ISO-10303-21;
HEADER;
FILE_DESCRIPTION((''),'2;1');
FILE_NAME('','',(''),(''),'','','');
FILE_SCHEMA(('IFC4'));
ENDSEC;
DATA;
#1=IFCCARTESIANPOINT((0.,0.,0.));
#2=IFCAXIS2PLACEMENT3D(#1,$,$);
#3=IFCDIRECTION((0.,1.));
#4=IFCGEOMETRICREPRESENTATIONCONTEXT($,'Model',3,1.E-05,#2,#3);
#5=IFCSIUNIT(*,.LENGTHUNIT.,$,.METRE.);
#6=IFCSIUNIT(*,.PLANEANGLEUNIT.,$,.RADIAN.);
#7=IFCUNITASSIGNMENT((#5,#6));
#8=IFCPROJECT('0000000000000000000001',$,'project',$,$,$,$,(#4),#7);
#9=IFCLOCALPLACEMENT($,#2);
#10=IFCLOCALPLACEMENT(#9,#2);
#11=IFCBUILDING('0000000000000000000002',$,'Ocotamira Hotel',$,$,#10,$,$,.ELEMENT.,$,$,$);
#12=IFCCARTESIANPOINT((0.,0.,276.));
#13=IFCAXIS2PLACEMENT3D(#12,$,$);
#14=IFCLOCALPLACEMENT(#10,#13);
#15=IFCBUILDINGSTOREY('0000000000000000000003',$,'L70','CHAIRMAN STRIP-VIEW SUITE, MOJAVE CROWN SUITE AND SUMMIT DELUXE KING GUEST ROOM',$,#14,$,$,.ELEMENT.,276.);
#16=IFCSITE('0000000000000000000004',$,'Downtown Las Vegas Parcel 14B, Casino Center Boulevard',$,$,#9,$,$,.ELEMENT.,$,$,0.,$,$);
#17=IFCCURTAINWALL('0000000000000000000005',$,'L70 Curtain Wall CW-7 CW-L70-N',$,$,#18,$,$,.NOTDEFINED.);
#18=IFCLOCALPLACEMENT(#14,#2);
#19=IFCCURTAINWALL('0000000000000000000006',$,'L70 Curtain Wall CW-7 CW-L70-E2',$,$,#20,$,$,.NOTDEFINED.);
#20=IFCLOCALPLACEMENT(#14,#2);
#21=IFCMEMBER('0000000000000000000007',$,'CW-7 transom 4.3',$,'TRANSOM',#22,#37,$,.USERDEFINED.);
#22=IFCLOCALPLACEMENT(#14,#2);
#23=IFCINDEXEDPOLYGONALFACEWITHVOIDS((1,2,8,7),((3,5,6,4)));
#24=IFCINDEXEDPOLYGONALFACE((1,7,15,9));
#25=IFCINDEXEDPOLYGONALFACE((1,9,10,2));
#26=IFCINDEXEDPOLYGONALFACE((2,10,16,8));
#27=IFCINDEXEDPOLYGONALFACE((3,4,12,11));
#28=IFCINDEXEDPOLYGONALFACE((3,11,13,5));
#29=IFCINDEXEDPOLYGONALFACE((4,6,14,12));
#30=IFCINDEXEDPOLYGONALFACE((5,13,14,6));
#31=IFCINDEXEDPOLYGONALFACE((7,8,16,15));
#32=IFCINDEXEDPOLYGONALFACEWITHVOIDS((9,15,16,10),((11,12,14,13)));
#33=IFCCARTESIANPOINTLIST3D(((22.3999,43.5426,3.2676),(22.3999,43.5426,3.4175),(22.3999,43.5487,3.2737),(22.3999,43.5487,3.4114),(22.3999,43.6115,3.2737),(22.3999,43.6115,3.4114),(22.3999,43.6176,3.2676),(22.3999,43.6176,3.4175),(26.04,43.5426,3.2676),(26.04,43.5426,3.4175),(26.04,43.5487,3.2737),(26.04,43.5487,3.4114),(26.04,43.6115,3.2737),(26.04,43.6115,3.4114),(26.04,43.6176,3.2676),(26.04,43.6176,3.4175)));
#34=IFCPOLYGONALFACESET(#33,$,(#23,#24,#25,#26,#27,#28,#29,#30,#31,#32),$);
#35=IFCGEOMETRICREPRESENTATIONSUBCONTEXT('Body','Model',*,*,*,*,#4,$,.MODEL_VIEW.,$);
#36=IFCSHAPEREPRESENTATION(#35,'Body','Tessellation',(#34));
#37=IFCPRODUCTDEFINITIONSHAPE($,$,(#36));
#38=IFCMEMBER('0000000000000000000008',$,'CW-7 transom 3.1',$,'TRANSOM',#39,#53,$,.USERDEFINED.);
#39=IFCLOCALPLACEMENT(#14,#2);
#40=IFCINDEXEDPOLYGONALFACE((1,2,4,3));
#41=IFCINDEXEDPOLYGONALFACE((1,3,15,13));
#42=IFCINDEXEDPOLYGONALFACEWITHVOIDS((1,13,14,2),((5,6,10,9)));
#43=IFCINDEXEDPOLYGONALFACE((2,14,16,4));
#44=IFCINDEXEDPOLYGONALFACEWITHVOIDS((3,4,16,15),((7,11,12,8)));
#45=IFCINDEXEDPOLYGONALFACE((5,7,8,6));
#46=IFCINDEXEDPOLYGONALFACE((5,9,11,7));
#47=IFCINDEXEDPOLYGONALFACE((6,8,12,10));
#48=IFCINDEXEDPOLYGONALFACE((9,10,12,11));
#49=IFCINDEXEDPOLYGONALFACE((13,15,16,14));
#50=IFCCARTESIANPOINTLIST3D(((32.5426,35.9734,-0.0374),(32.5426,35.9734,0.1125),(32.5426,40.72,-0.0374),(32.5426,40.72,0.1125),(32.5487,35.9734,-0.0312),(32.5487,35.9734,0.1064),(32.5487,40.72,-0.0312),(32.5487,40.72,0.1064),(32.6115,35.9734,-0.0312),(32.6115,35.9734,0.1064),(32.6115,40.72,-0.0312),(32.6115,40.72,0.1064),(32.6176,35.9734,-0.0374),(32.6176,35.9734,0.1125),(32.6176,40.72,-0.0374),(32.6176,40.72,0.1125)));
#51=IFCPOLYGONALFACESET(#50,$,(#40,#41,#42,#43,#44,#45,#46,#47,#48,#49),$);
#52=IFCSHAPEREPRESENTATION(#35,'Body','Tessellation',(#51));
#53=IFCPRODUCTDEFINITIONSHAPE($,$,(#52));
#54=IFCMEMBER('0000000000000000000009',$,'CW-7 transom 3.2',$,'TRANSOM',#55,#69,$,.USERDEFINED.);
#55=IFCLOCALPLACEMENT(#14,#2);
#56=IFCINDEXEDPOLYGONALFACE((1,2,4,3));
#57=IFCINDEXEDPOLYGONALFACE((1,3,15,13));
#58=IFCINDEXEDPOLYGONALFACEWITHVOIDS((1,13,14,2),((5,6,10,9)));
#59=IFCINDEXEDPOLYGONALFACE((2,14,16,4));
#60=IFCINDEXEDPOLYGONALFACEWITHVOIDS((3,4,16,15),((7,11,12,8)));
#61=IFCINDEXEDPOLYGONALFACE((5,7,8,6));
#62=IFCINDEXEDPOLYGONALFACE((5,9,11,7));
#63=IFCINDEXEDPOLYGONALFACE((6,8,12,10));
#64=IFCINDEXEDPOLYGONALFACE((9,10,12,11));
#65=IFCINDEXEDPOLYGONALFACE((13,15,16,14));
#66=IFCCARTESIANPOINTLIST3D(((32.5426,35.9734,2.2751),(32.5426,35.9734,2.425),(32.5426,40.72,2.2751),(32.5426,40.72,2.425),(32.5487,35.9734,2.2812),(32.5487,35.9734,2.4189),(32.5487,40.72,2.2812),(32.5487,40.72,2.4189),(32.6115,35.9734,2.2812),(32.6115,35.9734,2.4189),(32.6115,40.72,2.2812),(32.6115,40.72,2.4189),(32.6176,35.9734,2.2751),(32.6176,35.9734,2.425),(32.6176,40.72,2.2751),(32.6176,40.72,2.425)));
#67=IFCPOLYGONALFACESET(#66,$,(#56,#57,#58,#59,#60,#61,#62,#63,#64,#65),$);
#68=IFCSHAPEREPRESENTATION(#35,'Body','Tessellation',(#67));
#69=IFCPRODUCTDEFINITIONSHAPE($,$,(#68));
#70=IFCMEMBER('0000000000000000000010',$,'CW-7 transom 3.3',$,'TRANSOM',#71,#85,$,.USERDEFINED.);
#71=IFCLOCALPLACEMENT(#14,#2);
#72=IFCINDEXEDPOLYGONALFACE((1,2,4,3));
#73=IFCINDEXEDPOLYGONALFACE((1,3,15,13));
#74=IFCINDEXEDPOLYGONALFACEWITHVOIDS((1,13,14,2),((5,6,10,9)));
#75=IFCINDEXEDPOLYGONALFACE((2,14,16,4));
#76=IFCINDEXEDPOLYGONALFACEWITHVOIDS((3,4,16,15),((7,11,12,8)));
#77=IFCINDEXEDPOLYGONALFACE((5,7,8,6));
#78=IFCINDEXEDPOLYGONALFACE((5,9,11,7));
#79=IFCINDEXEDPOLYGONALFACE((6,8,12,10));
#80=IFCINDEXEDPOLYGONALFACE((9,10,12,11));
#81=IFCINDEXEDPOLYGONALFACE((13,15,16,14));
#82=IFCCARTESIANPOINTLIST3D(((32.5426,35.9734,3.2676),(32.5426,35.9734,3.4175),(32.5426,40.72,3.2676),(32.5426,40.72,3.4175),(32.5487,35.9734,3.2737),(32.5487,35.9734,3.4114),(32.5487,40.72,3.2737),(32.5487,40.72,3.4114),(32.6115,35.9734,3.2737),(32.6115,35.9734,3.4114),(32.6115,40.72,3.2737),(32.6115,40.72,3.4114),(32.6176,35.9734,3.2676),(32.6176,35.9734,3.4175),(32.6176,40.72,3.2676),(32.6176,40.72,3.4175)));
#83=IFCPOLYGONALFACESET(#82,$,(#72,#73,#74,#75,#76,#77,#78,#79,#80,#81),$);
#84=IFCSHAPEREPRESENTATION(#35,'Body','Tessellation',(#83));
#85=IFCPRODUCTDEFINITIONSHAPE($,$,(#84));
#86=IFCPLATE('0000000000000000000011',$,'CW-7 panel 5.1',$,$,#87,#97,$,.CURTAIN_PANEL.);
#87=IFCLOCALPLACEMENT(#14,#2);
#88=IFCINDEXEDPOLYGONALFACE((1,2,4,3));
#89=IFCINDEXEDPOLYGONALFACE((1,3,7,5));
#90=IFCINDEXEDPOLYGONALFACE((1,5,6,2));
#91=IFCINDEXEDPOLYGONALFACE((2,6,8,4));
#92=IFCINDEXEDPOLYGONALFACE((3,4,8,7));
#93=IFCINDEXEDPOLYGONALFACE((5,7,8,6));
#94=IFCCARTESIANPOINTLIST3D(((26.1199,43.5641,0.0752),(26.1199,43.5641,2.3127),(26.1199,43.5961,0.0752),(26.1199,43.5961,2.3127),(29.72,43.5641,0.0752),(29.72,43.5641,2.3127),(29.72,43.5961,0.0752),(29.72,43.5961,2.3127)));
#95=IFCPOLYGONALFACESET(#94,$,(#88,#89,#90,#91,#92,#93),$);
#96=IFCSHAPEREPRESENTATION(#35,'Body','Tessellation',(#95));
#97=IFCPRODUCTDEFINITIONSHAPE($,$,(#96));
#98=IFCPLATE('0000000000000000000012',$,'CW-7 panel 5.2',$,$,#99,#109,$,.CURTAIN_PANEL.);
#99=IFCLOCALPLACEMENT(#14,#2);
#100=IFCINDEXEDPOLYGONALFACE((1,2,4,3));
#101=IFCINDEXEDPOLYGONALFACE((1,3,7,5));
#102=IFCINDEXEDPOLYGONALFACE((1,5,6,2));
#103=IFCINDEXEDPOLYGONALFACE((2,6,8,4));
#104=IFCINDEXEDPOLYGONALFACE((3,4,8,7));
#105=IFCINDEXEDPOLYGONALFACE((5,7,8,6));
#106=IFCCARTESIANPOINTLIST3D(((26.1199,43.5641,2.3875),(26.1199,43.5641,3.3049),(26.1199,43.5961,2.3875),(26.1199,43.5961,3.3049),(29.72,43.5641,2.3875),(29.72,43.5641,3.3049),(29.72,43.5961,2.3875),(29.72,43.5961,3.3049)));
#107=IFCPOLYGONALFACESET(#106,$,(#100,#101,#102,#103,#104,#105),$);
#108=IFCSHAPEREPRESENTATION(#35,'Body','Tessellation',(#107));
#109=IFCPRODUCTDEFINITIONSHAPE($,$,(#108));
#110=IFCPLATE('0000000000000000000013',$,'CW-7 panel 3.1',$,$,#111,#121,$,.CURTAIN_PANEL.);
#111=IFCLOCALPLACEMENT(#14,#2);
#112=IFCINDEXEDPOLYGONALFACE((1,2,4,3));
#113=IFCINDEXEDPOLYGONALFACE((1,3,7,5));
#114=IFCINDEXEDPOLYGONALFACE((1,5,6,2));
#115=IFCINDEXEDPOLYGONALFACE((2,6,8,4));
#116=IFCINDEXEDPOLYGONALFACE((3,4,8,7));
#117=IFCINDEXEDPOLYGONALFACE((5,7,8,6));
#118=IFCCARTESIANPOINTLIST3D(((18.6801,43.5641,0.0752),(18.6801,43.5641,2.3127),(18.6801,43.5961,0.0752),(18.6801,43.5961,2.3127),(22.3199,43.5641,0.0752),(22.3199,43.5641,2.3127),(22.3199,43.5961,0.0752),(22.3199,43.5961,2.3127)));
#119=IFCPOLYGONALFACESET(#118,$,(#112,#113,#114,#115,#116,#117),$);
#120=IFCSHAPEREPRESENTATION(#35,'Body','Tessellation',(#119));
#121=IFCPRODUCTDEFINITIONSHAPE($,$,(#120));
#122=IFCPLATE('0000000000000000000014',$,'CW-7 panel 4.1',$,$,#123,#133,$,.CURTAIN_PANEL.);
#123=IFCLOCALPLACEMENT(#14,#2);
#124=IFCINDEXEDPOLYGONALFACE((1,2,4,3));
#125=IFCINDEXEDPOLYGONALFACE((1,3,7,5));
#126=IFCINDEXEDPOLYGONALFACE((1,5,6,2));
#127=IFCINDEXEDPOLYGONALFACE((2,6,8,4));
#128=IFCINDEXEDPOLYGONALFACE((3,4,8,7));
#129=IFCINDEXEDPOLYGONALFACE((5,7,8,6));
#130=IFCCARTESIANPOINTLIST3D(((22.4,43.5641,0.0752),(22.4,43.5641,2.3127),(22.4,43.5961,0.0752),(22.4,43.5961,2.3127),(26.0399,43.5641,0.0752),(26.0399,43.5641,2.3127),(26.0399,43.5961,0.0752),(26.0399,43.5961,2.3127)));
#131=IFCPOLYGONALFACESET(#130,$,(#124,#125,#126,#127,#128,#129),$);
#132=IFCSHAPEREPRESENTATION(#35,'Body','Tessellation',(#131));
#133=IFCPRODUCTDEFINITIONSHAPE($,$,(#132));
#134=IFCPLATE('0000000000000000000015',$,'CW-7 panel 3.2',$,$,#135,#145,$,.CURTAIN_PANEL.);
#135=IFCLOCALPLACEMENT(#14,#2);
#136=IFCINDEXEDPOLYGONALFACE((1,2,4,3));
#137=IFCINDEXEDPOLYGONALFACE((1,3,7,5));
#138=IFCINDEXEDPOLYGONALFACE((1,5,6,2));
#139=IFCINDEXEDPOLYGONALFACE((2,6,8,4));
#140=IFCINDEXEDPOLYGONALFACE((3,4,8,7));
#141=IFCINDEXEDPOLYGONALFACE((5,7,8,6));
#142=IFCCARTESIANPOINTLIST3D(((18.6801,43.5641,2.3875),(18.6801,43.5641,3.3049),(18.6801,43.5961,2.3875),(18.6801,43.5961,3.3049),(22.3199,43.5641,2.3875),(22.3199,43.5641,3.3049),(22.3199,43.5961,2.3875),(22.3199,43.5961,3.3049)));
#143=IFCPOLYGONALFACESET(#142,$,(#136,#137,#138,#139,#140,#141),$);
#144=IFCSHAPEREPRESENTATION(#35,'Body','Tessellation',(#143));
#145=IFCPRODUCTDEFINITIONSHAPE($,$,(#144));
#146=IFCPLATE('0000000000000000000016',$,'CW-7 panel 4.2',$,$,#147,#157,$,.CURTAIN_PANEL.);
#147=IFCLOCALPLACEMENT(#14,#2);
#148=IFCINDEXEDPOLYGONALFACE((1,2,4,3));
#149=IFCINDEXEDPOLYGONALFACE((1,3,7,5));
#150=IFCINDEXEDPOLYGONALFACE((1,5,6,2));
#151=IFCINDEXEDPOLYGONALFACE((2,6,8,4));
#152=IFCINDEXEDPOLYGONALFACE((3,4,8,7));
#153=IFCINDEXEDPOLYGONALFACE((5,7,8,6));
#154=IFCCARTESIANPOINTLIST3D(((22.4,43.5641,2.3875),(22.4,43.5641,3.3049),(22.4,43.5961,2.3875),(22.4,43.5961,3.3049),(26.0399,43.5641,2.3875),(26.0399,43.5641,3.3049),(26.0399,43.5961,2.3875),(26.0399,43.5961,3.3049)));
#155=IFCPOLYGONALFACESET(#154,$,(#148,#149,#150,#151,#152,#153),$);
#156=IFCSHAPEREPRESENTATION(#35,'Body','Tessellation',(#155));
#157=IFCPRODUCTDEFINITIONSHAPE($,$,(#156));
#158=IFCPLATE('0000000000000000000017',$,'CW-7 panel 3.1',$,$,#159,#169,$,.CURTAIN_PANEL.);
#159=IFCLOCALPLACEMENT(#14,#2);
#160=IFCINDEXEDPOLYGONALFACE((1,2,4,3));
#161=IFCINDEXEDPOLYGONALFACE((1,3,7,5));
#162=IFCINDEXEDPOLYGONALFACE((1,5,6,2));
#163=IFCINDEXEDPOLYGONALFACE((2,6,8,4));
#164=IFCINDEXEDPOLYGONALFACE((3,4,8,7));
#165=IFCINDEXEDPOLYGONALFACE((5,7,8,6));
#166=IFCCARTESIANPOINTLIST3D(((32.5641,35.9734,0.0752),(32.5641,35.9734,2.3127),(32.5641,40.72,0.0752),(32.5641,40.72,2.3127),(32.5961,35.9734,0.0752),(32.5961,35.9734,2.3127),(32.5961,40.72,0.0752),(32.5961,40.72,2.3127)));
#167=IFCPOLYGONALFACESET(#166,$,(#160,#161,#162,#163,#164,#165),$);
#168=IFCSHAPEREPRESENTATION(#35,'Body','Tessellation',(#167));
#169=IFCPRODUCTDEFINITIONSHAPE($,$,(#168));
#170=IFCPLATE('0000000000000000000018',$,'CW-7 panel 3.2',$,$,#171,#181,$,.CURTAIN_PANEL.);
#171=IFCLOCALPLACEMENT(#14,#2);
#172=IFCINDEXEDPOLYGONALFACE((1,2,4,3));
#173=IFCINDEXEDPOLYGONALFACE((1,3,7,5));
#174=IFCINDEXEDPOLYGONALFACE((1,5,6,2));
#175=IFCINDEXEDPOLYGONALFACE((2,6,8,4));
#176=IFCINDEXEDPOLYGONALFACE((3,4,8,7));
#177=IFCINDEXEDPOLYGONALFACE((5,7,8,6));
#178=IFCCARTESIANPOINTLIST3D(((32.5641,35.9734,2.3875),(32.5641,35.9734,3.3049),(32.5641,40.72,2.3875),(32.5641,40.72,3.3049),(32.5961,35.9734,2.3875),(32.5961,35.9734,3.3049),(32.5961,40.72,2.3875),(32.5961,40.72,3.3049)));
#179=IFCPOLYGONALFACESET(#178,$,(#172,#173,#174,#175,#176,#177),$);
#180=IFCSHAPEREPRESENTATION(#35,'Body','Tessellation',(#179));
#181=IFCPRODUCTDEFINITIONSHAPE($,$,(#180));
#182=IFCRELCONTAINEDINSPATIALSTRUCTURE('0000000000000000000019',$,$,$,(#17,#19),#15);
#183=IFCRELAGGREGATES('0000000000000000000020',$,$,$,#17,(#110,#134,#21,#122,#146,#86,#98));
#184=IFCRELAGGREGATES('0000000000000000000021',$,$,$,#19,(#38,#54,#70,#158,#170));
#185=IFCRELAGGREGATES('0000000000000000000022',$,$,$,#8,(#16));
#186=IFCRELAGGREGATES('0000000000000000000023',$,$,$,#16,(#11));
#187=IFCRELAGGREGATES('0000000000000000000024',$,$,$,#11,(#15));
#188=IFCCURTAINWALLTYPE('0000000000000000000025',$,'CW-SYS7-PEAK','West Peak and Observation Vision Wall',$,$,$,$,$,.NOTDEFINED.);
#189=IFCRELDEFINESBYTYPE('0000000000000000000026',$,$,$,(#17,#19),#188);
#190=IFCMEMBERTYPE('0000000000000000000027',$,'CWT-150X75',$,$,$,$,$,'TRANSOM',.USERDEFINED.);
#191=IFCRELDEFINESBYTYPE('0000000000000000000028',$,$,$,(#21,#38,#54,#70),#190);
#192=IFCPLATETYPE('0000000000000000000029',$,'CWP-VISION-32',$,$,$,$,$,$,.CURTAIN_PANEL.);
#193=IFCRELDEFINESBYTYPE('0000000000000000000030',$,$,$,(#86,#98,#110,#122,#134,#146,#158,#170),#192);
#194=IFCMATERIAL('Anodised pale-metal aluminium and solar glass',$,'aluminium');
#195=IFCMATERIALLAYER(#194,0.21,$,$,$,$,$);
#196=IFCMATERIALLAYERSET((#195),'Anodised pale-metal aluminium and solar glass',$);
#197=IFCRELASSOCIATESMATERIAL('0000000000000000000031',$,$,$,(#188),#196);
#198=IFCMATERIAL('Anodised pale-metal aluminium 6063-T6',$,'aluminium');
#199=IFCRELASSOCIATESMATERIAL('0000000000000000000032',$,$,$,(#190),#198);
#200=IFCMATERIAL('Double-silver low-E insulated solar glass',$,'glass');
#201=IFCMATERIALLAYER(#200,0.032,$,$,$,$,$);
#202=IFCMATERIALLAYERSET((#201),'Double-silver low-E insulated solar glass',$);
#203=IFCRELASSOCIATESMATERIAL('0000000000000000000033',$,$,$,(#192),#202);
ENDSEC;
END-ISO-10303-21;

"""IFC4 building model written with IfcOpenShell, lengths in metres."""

from ifc_helpers import new_model, si_unit, direction, frame, origin, origin_2d, place, context, subcontext, project, spatial, rectangle, hollow_rectangle, extrude, source, transform, mapped, material, layer, layer_set, material_profile, profile_set, type_object, element, aggregate, save


model = new_model("IFC4")

# Units and contexts
model_context = context("Model", 3, precision=1e-05, world=origin(), true_north=direction((0.0, 1.0)))
body_context = subcontext(model_context, "Body", "Model", "MODEL_VIEW")
ifc_project = project(units=[si_unit("LENGTHUNIT", "METRE"), si_unit("PLANEANGLEUNIT", "RADIAN")], contexts=[model_context])

# Site, building, storey
site_placement = place(None, origin())
site = spatial("IfcSite", under=ifc_project, at=site_placement, Name="Downtown Las Vegas Parcel 14B, Casino Center Boulevard", CompositionType="ELEMENT", RefElevation=0.0)
building_placement = place(site_placement, origin())
building = spatial("IfcBuilding", under=site, at=building_placement, Name="Ocotamira Hotel", CompositionType="ELEMENT")
storey_placement = place(building_placement, frame((0.0, 0.0, 276.0)))
storey = spatial("IfcBuildingStorey", under=building, at=storey_placement, Name="L70", Description="CHAIRMAN STRIP-VIEW SUITE, MOJAVE CROWN SUITE AND SUMMIT DELUXE KING GUEST ROOM", CompositionType="ELEMENT", Elevation=276.0)

# Curtain wall
ifc_material_1 = material(Name="Anodised pale-metal aluminium and solar glass", Category="aluminium")
ifc_layer_1 = layer(ifc_material_1, 0.21)
ifc_layer_set_1 = layer_set([ifc_layer_1], Name="Anodised pale-metal aluminium and solar glass")
curtain_wall_type = type_object("IfcCurtainWallType", Name="CW-SYS7-PEAK", Description="West Peak and Observation Vision Wall", PredefinedType="NOTDEFINED", material=ifc_layer_set_1)
curtain_wall_1_placement = place(storey_placement, origin())
curtain_wall_1 = element("IfcCurtainWall", 1, at=curtain_wall_1_placement, inside=storey, type_object=curtain_wall_type, Name="L70 Curtain Wall CW-7 CW-L70-N", PredefinedType="NOTDEFINED")
ifc_material_2 = material(Name="Anodised pale-metal aluminium 6063-T6", Category="aluminium")

# Curtain wall
curtain_wall_2_placement = place(storey_placement, origin())
curtain_wall_2 = element("IfcCurtainWall", 2, at=curtain_wall_2_placement, inside=storey, type_object=curtain_wall_type, Name="L70 Curtain Wall CW-7 CW-L70-E2", PredefinedType="NOTDEFINED")

# Members
ifc_material_profile_1 = material_profile(ifc_material_2, hollow_rectangle(XDim=0.075, YDim=0.1499, WallThickness=0.0061, at=origin_2d()), Name="HSS150X75X6")
ifc_profile_set_1 = profile_set([ifc_material_profile_1], Name="Anodised pale-metal aluminium 6063-T6")
member_type_1 = type_object("IfcMemberType", Name="CWT-150X75", ElementType="TRANSOM", PredefinedType="USERDEFINED", material=ifc_profile_set_1)
shared_shape_1 = source(origin(), body_context, "Body", "SweptSolid", [
    extrude(hollow_rectangle(XDim=0.075, YDim=0.1499, WallThickness=0.0061, at=origin_2d()), origin(), (0.0, 0.0, 1.0), 3.6401),
])
member_1_placement = place(storey_placement, frame((22.3999, 43.5801, 3.3425), z_axis=(1.0, 0.0, 0.0), x_axis=(0.0, 1.0, 0.0)))
member_1 = element("IfcMember", 3, at=member_1_placement, type_object=member_type_1, Name="CW-7 transom 4.3", ObjectType="TRANSOM", PredefinedType="USERDEFINED", context=body_context, shape_type="MappedRepresentation", body=[
    mapped(shared_shape_1, transform((0.0, 0.0, 0.0), scale=1.0)),
])
shared_shape_2 = source(origin(), body_context, "Body", "SweptSolid", [
    extrude(hollow_rectangle(XDim=0.075, YDim=0.1499, WallThickness=0.0061, at=origin_2d()), origin(), (0.0, 0.0, 1.0), 4.7466),
])
member_2_placement = place(storey_placement, frame((32.5801, 35.9734, 0.0376), z_axis=(0.0, 1.0, 0.0), x_axis=(-1.0, 0.0, 0.0)))
member_2 = element("IfcMember", 4, at=member_2_placement, type_object=member_type_1, Name="CW-7 transom 3.1", ObjectType="TRANSOM", PredefinedType="USERDEFINED", context=body_context, shape_type="MappedRepresentation", body=[
    mapped(shared_shape_2, transform((0.0, 0.0, 0.0), scale=1.0)),
])
member_3_placement = place(storey_placement, frame((32.5801, 35.9734, 2.3501), z_axis=(0.0, 1.0, 0.0), x_axis=(-1.0, 0.0, 0.0)))
member_3 = element("IfcMember", 5, at=member_3_placement, type_object=member_type_1, Name="CW-7 transom 3.2", ObjectType="TRANSOM", PredefinedType="USERDEFINED", context=body_context, shape_type="MappedRepresentation", body=[
    mapped(shared_shape_2, transform((0.0, 0.0, 0.0), scale=1.0)),
])
member_4_placement = place(storey_placement, frame((32.5801, 35.9734, 3.3425), z_axis=(0.0, 1.0, 0.0), x_axis=(-1.0, 0.0, 0.0)))
member_4 = element("IfcMember", 6, at=member_4_placement, type_object=member_type_1, Name="CW-7 transom 3.3", ObjectType="TRANSOM", PredefinedType="USERDEFINED", context=body_context, shape_type="MappedRepresentation", body=[
    mapped(shared_shape_2, transform((0.0, 0.0, 0.0), scale=1.0)),
])

# Plates
ifc_material_3 = material(Name="Double-silver low-E insulated solar glass", Category="glass")
ifc_layer_2 = layer(ifc_material_3, 0.032)
ifc_layer_set_2 = layer_set([ifc_layer_2], Name="Double-silver low-E insulated solar glass")
plate_type = type_object("IfcPlateType", Name="CWP-VISION-32", PredefinedType="CURTAIN_PANEL", material=ifc_layer_set_2)
shared_shape_3 = source(origin(), body_context, "Body", "SweptSolid", [
    extrude(rectangle(XDim=3.6001, YDim=0.032, at=origin_2d()), origin(), (0.0, 0.0, 1.0), 2.2375),
])
plate_1_placement = place(storey_placement, frame((27.9199, 43.5801, 0.0752), z_axis=(0.0, 0.0, 1.0), x_axis=(1.0, 0.0, 0.0)))
plate_1 = element("IfcPlate", 7, at=plate_1_placement, type_object=plate_type, Name="CW-7 panel 5.1", PredefinedType="CURTAIN_PANEL", context=body_context, shape_type="MappedRepresentation", body=[
    mapped(shared_shape_3, transform((0.0, 0.0, 0.0), scale=1.0)),
])
shared_shape_4 = source(origin(), body_context, "Body", "SweptSolid", [
    extrude(rectangle(XDim=3.6001, YDim=0.032, at=origin_2d()), origin(), (0.0, 0.0, 1.0), 0.9175),
])
plate_2_placement = place(storey_placement, frame((27.9199, 43.5801, 2.3875), z_axis=(0.0, 0.0, 1.0), x_axis=(1.0, 0.0, 0.0)))
plate_2 = element("IfcPlate", 8, at=plate_2_placement, type_object=plate_type, Name="CW-7 panel 5.2", PredefinedType="CURTAIN_PANEL", context=body_context, shape_type="MappedRepresentation", body=[
    mapped(shared_shape_4, transform((0.0, 0.0, 0.0), scale=1.0)),
])
shared_shape_5 = source(origin(), body_context, "Body", "SweptSolid", [
    extrude(rectangle(XDim=3.6399, YDim=0.032, at=origin_2d()), origin(), (0.0, 0.0, 1.0), 2.2375),
])
plate_3_placement = place(storey_placement, frame((20.5, 43.5801, 0.0752), z_axis=(0.0, 0.0, 1.0), x_axis=(1.0, 0.0, 0.0)))
plate_3 = element("IfcPlate", 9, at=plate_3_placement, type_object=plate_type, Name="CW-7 panel 3.1", PredefinedType="CURTAIN_PANEL", context=body_context, shape_type="MappedRepresentation", body=[
    mapped(shared_shape_5, transform((0.0, 0.0, 0.0), scale=1.0)),
])
plate_4_placement = place(storey_placement, frame((24.22, 43.5801, 0.0752), z_axis=(0.0, 0.0, 1.0), x_axis=(1.0, 0.0, 0.0)))
plate_4 = element("IfcPlate", 10, at=plate_4_placement, type_object=plate_type, Name="CW-7 panel 4.1", PredefinedType="CURTAIN_PANEL", context=body_context, shape_type="MappedRepresentation", body=[
    mapped(shared_shape_5, transform((0.0, 0.0, 0.0), scale=1.0)),
])
shared_shape_6 = source(origin(), body_context, "Body", "SweptSolid", [
    extrude(rectangle(XDim=3.6399, YDim=0.032, at=origin_2d()), origin(), (0.0, 0.0, 1.0), 0.9175),
])
plate_5_placement = place(storey_placement, frame((20.5, 43.5801, 2.3875), z_axis=(0.0, 0.0, 1.0), x_axis=(1.0, 0.0, 0.0)))
plate_5 = element("IfcPlate", 11, at=plate_5_placement, type_object=plate_type, Name="CW-7 panel 3.2", PredefinedType="CURTAIN_PANEL", context=body_context, shape_type="MappedRepresentation", body=[
    mapped(shared_shape_6, transform((0.0, 0.0, 0.0), scale=1.0)),
])
plate_6_placement = place(storey_placement, frame((24.22, 43.5801, 2.3875), z_axis=(0.0, 0.0, 1.0), x_axis=(1.0, 0.0, 0.0)))
plate_6 = element("IfcPlate", 12, at=plate_6_placement, type_object=plate_type, Name="CW-7 panel 4.2", PredefinedType="CURTAIN_PANEL", context=body_context, shape_type="MappedRepresentation", body=[
    mapped(shared_shape_6, transform((0.0, 0.0, 0.0), scale=1.0)),
])
aggregate(curtain_wall_1, [plate_3, plate_5, member_1, plate_4, plate_6, plate_1, plate_2])
shared_shape_7 = source(origin(), body_context, "Body", "SweptSolid", [
    extrude(rectangle(XDim=4.7466, YDim=0.032, at=origin_2d()), origin(), (0.0, 0.0, 1.0), 2.2375),
])
plate_7_placement = place(storey_placement, frame((32.5801, 38.3467, 0.0752), z_axis=(0.0, 0.0, 1.0), x_axis=(0.0, 1.0, 0.0)))
plate_7 = element("IfcPlate", 13, at=plate_7_placement, type_object=plate_type, Name="CW-7 panel 3.1", PredefinedType="CURTAIN_PANEL", context=body_context, shape_type="MappedRepresentation", body=[
    mapped(shared_shape_7, transform((0.0, 0.0, 0.0), scale=1.0)),
])
shared_shape_8 = source(origin(), body_context, "Body", "SweptSolid", [
    extrude(rectangle(XDim=4.7466, YDim=0.032, at=origin_2d()), origin(), (0.0, 0.0, 1.0), 0.9175),
])
plate_8_placement = place(storey_placement, frame((32.5801, 38.3467, 2.3875), z_axis=(0.0, 0.0, 1.0), x_axis=(0.0, 1.0, 0.0)))
plate_8 = element("IfcPlate", 14, at=plate_8_placement, type_object=plate_type, Name="CW-7 panel 3.2", PredefinedType="CURTAIN_PANEL", context=body_context, shape_type="MappedRepresentation", body=[
    mapped(shared_shape_8, transform((0.0, 0.0, 0.0), scale=1.0)),
])
aggregate(curtain_wall_2, [member_2, member_3, member_4, plate_7, plate_8])

save(model, "model.ifc")
